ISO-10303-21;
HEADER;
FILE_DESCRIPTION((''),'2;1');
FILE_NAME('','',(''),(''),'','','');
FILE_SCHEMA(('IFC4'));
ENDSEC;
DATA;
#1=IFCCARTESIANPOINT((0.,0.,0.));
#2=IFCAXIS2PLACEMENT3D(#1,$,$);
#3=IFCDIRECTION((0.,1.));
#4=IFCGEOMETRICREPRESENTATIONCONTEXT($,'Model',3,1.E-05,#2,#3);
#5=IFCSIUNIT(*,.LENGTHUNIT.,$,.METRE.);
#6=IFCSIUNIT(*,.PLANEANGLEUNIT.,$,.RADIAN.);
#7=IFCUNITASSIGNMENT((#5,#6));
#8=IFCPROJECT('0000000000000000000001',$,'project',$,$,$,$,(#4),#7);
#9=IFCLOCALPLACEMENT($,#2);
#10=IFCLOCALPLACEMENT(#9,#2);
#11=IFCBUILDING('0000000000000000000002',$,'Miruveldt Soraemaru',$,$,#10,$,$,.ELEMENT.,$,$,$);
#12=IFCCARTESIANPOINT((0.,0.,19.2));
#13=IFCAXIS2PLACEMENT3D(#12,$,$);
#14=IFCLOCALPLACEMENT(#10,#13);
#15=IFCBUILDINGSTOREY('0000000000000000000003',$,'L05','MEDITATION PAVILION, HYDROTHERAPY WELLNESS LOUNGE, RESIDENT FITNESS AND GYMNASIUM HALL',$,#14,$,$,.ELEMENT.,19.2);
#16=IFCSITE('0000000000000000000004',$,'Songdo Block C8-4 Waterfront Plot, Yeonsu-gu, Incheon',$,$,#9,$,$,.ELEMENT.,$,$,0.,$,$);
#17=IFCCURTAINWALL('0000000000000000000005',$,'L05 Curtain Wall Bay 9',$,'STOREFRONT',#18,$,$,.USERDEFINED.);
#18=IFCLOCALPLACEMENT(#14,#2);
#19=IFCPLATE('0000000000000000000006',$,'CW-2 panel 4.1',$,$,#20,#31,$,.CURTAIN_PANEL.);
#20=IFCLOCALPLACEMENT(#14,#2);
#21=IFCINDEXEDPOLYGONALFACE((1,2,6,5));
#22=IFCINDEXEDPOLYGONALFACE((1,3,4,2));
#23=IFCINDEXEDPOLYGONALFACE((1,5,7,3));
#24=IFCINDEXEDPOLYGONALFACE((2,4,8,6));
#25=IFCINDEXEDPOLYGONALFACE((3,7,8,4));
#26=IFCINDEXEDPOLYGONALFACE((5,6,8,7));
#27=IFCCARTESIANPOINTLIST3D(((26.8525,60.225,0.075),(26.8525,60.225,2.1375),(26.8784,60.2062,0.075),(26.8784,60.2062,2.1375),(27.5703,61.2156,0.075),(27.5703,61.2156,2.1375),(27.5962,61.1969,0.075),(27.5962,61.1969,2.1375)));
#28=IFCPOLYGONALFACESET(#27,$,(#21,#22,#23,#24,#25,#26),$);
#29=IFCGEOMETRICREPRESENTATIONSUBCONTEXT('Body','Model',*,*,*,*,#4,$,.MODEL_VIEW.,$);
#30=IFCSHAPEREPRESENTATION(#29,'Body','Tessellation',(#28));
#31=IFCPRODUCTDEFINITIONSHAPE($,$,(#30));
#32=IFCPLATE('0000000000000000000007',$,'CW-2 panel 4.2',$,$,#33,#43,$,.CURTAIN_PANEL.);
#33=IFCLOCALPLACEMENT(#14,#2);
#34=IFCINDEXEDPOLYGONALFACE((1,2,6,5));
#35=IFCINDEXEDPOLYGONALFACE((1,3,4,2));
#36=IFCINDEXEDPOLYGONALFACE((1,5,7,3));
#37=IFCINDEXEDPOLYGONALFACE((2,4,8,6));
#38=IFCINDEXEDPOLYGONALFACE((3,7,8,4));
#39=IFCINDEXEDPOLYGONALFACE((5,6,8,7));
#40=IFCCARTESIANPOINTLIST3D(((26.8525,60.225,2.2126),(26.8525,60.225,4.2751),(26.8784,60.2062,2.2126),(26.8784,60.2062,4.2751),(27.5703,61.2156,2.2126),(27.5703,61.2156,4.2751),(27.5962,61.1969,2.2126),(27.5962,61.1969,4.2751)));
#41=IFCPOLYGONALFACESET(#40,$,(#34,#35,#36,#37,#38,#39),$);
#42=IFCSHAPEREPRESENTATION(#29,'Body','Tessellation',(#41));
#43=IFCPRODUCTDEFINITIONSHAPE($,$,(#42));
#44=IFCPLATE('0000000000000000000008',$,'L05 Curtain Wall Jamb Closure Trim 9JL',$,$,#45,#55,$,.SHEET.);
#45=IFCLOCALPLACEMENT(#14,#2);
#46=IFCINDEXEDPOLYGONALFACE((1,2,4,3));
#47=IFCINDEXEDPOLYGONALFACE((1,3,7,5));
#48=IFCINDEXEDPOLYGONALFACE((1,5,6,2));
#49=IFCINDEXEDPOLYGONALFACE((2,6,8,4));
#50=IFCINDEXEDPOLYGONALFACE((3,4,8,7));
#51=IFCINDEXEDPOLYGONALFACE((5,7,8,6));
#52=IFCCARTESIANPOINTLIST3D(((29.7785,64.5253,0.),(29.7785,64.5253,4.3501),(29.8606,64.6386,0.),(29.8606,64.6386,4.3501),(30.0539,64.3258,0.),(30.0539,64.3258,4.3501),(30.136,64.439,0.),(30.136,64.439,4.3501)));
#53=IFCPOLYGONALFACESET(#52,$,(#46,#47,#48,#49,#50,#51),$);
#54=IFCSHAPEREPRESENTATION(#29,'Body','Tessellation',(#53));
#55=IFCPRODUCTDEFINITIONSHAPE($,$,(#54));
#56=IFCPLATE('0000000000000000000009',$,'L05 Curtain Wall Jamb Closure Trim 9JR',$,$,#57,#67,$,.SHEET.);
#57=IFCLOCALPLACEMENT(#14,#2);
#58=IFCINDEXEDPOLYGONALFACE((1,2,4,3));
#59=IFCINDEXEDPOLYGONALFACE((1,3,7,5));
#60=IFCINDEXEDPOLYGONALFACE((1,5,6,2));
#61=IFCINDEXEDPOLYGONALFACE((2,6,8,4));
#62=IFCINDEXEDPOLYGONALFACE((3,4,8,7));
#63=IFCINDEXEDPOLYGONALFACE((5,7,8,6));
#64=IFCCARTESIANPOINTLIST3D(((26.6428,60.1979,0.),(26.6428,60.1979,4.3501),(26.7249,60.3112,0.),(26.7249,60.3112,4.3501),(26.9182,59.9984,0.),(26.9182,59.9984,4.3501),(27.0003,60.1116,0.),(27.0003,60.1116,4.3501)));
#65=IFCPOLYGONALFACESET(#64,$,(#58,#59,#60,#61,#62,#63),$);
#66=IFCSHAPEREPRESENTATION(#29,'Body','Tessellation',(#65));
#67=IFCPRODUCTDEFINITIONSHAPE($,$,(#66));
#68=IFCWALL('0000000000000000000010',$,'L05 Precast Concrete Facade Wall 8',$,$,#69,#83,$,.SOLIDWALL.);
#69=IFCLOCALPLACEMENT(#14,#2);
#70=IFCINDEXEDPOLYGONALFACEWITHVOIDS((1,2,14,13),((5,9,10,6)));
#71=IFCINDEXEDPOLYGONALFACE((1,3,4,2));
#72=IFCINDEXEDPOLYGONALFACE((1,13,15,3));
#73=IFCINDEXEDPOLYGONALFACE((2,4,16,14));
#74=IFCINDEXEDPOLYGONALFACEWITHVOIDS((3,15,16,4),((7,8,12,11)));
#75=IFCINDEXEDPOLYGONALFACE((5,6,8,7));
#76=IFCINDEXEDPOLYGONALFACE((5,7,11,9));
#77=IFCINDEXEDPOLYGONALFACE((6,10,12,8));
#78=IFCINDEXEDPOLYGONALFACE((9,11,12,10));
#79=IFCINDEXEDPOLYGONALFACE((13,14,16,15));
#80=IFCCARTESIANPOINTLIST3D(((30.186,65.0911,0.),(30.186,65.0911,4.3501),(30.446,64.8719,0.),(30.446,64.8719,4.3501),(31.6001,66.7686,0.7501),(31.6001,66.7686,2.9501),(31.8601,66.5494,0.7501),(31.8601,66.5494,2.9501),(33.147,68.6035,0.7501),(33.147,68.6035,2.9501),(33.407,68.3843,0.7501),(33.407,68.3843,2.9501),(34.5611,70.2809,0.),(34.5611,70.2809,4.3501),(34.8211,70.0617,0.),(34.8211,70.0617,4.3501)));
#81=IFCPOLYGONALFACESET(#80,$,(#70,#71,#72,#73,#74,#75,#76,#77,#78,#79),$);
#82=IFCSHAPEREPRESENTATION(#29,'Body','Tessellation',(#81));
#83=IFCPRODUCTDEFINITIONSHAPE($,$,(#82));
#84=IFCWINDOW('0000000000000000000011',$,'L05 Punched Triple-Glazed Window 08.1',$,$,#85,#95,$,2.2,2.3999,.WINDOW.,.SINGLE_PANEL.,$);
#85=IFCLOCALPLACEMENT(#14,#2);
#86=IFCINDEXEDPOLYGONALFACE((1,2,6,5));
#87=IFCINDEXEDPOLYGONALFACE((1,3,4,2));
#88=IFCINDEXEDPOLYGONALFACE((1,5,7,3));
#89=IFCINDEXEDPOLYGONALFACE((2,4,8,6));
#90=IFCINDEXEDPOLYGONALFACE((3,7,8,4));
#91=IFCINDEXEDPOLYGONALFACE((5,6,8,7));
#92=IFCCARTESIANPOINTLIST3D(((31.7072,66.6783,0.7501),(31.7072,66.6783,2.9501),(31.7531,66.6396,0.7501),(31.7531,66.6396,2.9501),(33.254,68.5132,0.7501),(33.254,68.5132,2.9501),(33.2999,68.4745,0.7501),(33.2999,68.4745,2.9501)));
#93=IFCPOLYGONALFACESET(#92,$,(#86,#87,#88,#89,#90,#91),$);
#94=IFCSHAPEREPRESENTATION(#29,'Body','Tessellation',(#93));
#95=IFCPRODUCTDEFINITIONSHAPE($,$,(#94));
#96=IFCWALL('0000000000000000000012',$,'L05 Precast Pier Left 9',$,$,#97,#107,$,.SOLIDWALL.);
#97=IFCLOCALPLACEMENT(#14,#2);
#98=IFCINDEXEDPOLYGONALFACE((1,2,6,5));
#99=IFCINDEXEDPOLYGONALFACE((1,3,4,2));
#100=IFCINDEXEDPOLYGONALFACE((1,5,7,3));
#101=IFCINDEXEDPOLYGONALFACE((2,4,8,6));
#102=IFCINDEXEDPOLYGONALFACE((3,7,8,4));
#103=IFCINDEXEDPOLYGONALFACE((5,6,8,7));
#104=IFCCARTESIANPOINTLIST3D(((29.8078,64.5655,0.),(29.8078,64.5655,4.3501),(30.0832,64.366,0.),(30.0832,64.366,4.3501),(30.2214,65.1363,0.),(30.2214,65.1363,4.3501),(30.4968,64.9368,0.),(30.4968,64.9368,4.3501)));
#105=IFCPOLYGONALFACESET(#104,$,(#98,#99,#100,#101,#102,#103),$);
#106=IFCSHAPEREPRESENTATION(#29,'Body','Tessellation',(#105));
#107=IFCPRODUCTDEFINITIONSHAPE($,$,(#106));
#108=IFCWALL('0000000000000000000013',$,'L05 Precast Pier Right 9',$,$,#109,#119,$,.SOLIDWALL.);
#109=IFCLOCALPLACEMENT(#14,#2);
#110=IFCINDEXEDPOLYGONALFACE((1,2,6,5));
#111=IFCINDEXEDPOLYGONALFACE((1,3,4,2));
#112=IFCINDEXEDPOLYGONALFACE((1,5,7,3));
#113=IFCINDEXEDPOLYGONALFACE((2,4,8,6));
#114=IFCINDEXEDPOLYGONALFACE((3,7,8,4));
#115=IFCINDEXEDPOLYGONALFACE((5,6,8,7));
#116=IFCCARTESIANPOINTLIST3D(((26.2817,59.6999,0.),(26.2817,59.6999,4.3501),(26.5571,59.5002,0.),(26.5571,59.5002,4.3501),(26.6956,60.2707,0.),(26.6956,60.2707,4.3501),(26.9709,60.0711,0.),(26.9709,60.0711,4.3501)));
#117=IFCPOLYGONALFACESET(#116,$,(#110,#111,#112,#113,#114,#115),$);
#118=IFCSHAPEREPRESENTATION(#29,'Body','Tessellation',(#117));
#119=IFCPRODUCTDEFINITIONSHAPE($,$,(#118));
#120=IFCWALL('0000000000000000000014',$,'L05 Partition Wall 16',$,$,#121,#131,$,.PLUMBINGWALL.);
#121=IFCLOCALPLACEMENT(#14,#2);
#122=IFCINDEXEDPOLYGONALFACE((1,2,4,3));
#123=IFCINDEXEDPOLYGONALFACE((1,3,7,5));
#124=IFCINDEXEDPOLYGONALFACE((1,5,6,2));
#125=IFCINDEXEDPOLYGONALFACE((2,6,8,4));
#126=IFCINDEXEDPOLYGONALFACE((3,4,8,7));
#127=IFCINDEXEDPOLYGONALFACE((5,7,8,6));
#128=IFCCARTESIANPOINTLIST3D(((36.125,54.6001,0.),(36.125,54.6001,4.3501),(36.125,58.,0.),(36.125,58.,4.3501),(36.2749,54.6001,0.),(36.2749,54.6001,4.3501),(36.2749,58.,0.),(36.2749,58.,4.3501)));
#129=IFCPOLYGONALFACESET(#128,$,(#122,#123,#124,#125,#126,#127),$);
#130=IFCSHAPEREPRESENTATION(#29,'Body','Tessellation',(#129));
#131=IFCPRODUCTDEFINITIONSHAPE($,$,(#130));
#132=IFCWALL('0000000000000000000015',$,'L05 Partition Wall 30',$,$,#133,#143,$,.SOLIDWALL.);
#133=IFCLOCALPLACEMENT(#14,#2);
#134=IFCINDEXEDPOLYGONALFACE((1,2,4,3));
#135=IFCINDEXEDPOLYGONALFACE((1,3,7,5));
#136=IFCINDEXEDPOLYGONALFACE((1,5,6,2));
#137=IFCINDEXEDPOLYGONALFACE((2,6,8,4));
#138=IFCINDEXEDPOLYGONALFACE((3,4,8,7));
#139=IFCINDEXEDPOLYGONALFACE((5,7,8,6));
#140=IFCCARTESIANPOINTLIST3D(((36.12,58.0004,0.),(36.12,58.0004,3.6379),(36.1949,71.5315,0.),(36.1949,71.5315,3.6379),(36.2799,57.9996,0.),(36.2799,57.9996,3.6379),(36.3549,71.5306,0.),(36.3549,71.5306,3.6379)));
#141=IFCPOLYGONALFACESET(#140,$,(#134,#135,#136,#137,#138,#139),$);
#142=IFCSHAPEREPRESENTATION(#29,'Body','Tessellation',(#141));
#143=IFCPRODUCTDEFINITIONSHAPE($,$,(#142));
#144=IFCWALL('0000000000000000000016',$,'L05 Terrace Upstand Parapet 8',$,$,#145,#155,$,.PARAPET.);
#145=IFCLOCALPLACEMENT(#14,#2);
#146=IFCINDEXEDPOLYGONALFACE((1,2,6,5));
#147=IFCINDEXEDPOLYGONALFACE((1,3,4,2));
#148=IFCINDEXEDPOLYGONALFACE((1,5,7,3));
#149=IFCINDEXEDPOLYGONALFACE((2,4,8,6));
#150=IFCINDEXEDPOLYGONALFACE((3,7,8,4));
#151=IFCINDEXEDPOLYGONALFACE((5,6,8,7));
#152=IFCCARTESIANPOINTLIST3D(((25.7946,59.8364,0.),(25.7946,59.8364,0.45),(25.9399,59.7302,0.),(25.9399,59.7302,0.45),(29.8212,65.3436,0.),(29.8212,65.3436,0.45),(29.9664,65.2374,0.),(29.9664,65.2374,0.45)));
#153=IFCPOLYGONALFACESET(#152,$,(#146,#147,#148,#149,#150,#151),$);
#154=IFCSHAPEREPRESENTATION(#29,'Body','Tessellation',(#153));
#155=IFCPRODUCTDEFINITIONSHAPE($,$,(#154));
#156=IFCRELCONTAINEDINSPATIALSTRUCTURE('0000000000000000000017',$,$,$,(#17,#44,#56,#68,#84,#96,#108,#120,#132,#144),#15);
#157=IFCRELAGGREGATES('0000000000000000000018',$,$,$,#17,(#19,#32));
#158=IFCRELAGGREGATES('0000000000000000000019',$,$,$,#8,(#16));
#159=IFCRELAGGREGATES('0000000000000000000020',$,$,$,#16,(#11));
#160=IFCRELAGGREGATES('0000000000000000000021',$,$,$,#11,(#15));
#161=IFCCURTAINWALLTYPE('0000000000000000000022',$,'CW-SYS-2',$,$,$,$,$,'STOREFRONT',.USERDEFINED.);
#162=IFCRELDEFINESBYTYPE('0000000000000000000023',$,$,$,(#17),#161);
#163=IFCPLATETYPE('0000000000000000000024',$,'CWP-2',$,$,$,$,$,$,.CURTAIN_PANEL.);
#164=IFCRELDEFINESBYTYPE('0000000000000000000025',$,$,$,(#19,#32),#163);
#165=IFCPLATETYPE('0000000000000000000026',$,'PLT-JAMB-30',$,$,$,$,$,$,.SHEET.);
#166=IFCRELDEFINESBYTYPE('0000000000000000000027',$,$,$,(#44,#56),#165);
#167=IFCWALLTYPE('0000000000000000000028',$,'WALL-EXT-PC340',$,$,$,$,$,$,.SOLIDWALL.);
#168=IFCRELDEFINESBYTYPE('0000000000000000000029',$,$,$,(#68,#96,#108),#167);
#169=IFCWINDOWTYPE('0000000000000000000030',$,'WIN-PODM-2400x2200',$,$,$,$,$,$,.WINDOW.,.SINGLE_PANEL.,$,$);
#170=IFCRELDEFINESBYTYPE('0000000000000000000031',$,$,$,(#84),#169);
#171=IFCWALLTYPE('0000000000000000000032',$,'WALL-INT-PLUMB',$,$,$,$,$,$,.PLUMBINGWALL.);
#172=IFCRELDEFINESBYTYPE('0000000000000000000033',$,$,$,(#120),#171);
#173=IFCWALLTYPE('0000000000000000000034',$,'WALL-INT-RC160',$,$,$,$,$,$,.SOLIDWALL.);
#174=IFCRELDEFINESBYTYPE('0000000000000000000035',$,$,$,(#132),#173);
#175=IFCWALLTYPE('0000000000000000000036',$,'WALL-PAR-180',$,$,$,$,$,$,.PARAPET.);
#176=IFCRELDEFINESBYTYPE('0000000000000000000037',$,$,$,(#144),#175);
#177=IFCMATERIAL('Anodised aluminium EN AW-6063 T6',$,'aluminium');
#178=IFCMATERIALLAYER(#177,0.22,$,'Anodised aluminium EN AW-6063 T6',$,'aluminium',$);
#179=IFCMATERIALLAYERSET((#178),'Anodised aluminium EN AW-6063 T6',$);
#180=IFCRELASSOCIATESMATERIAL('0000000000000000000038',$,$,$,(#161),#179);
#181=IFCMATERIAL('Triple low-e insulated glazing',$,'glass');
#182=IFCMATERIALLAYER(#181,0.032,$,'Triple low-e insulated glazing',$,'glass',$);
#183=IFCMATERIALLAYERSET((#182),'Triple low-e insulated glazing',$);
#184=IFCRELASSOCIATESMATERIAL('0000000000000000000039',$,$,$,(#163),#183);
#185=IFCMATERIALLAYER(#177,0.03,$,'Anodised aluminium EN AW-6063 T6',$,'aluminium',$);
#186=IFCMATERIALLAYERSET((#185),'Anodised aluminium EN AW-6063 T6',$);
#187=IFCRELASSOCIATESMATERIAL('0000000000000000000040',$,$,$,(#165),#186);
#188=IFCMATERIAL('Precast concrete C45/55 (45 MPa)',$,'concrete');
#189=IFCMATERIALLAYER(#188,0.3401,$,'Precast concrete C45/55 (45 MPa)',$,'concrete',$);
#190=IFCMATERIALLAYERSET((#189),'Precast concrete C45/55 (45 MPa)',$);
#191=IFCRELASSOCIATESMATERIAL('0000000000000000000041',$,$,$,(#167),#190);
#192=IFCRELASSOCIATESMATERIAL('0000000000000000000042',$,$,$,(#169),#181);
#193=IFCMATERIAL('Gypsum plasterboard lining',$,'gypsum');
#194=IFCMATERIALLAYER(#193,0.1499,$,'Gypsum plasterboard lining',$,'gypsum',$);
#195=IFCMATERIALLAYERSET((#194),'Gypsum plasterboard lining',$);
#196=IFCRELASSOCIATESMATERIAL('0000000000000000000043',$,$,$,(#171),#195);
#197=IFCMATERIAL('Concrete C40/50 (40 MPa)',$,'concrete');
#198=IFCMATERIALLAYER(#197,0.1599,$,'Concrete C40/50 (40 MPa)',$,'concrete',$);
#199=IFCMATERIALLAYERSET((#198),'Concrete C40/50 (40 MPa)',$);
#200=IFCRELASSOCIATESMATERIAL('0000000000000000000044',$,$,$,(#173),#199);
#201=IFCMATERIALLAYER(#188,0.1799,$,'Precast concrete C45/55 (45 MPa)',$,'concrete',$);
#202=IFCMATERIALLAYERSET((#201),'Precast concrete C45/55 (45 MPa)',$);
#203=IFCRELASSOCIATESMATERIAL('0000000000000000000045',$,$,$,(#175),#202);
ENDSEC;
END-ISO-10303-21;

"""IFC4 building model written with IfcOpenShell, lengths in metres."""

from ifc_helpers import new_model, si_unit, direction, frame, frame_2d, origin, origin_2d, place, context, subcontext, project, spatial, rectangle, extrude, material, layer, layer_set, type_object, element, fill, aggregate, save


model = new_model("IFC4")

# Units and contexts
model_context = context("Model", 3, precision=1e-05, world=origin(), true_north=direction((0.0, 1.0)))
body_context = subcontext(model_context, "Body", "Model", "MODEL_VIEW")
ifc_project = project(units=[si_unit("LENGTHUNIT", "METRE"), si_unit("PLANEANGLEUNIT", "RADIAN")], contexts=[model_context])

# Site, building, storey
site_placement = place(None, origin())
site = spatial("IfcSite", under=ifc_project, at=site_placement, Name="Songdo Block C8-4 Waterfront Plot, Yeonsu-gu, Incheon", CompositionType="ELEMENT", RefElevation=0.0)
building_placement = place(site_placement, origin())
building = spatial("IfcBuilding", under=site, at=building_placement, Name="Miruveldt Soraemaru", CompositionType="ELEMENT")
storey_placement = place(building_placement, frame((0.0, 0.0, 19.2)))
storey = spatial("IfcBuildingStorey", under=building, at=storey_placement, Name="L05", Description="MEDITATION PAVILION, HYDROTHERAPY WELLNESS LOUNGE, RESIDENT FITNESS AND GYMNASIUM HALL", CompositionType="ELEMENT", Elevation=19.2)

# Curtain wall, plates
ifc_material_1 = material(Name="Anodised aluminium EN AW-6063 T6", Category="aluminium")
ifc_layer_1 = layer(ifc_material_1, 0.22, Name="Anodised aluminium EN AW-6063 T6", Category="aluminium")
ifc_layer_set_1 = layer_set([ifc_layer_1], Name="Anodised aluminium EN AW-6063 T6")
curtain_wall_type = type_object("IfcCurtainWallType", Name="CW-SYS-2", ElementType="STOREFRONT", PredefinedType="USERDEFINED", material=ifc_layer_set_1)
curtain_wall_placement = place(storey_placement, origin())
curtain_wall = element("IfcCurtainWall", 1, at=curtain_wall_placement, inside=storey, type_object=curtain_wall_type, Name="L05 Curtain Wall Bay 9", ObjectType="STOREFRONT", PredefinedType="USERDEFINED")
ifc_material_2 = material(Name="Triple low-e insulated glazing", Category="glass")
ifc_layer_2 = layer(ifc_material_2, 0.032, Name="Triple low-e insulated glazing", Category="glass")
ifc_layer_set_2 = layer_set([ifc_layer_2], Name="Triple low-e insulated glazing")
plate_type_1 = type_object("IfcPlateType", Name="CWP-2", PredefinedType="CURTAIN_PANEL", material=ifc_layer_set_2)
plate_1_placement = place(storey_placement, frame((27.2244, 60.7109, 0.075), z_axis=(0.0, 0.0, 1.0), x_axis=(-0.586784, -0.809743, 0.0)))
plate_1 = element("IfcPlate", 2, at=plate_1_placement, type_object=plate_type_1, Name="CW-2 panel 4.1", PredefinedType="CURTAIN_PANEL", context=body_context, shape_type="SweptSolid", body=[
    extrude(rectangle(XDim=1.2234, YDim=0.032, at=origin_2d()), origin(), (0.0, 0.0, 1.0), 2.0625),
])
plate_2_placement = place(storey_placement, frame((27.2244, 60.7109, 2.2126), z_axis=(0.0, 0.0, 1.0), x_axis=(-0.586784, -0.809743, 0.0)))
plate_2 = element("IfcPlate", 3, at=plate_2_placement, type_object=plate_type_1, Name="CW-2 panel 4.2", PredefinedType="CURTAIN_PANEL", context=body_context, shape_type="SweptSolid", body=[
    extrude(rectangle(XDim=1.2234, YDim=0.032, at=origin_2d()), origin(), (0.0, 0.0, 1.0), 2.0625),
])
aggregate(curtain_wall, [plate_1, plate_2])

# Plates
ifc_layer_3 = layer(ifc_material_1, 0.03, Name="Anodised aluminium EN AW-6063 T6", Category="aluminium")
ifc_layer_set_3 = layer_set([ifc_layer_3], Name="Anodised aluminium EN AW-6063 T6")
plate_type_2 = type_object("IfcPlateType", Name="PLT-JAMB-30", PredefinedType="SHEET", material=ifc_layer_set_3)
for number, where, z_axis, x_axis, name in (
    (4, (29.9573, 64.4822, 0.0), (0.0, 0.0, 1.0), (-0.586796, -0.809735, 0.0), "L05 Curtain Wall Jamb Closure Trim 9JL"),
    (5, (26.8215, 60.1548, 0.0), (0.0, 0.0, 1.0), (-0.586796, -0.809735, 0.0), "L05 Curtain Wall Jamb Closure Trim 9JR"),
):
    element("IfcPlate", number, at=place(storey_placement, frame(where, z_axis=z_axis, x_axis=x_axis)), inside=storey, type_object=plate_type_2, Name=name, PredefinedType="SHEET", context=body_context, shape_type="SweptSolid", body=[
        extrude(rectangle(XDim=0.1399, YDim=0.3401, at=origin_2d()), origin(), (0.0, 0.0, 1.0), 4.3501),
    ])

# Wall, opening, window
ifc_material_3 = material(Name="Precast concrete C45/55 (45 MPa)", Category="concrete")
ifc_layer_4 = layer(ifc_material_3, 0.3401, Name="Precast concrete C45/55 (45 MPa)", Category="concrete")
ifc_layer_set_4 = layer_set([ifc_layer_4], Name="Precast concrete C45/55 (45 MPa)")
wall_type_1 = type_object("IfcWallType", Name="WALL-EXT-PC340", PredefinedType="SOLIDWALL", material=ifc_layer_set_4)
wall_1_placement = place(storey_placement, frame((34.6912, 70.1714, 0.0), z_axis=(0.0, 0.0, 1.0), x_axis=(-0.644543, -0.764568, 0.0)))
wall_1 = element("IfcWall", 6, at=wall_1_placement, inside=storey, type_object=wall_type_1, Name="L05 Precast Concrete Facade Wall 8", PredefinedType="SOLIDWALL", context=body_context, shape_type="SweptSolid", body=[
    extrude(rectangle(XDim=6.7878, YDim=0.3401, at=frame_2d((3.394, 0.0))), origin(), (0.0, 0.0, 1.0), 4.3501),
])
opening_1_placement = place(wall_1_placement, frame((2.1941, 0.0, 0.75)))
opening_1 = element("IfcOpeningElement", 7, at=opening_1_placement, cuts=wall_1, PredefinedType="OPENING", context=body_context, shape_type="SweptSolid", body=[
    extrude(rectangle(XDim=2.3999, YDim=2.2, at=frame_2d((1.2, 1.1001))), frame((0.0, 0.1802, 0.0), z_axis=(0.0, -1.0, 0.0), x_axis=(1.0, 0.0, 0.0)), (0.0, 0.0, 1.0), 0.3601),
])
window_type = type_object("IfcWindowType", Name="WIN-PODM-2400x2200", PartitioningType="SINGLE_PANEL", PredefinedType="WINDOW", material=ifc_material_2)
window_placement = place(opening_1_placement, origin())
window = element("IfcWindow", 8, at=window_placement, inside=storey, type_object=window_type, Name="L05 Punched Triple-Glazed Window 08.1", OverallHeight=2.2, OverallWidth=2.3999, PartitioningType="SINGLE_PANEL", PredefinedType="WINDOW", context=body_context, shape_type="SweptSolid", body=[
    extrude(rectangle(XDim=2.3999, YDim=2.2, at=frame_2d((1.2, 1.1001))), frame((0.0, 0.03, 0.0), z_axis=(0.0, -1.0, 0.0), x_axis=(1.0, 0.0, 0.0)), (0.0, 0.0, 1.0), 0.0601),
])
fill(opening_1, window)

# Walls
wall_2_placement = place(storey_placement, frame((30.3591, 65.0366, 0.0), z_axis=(0.0, 0.0, 1.0), x_axis=(-0.586729, -0.809783, 0.0)))
element("IfcWall", 9, at=wall_2_placement, inside=storey, type_object=wall_type_1, Name="L05 Precast Pier Left 9", PredefinedType="SOLIDWALL", context=body_context, shape_type="SweptSolid", body=[
    extrude(rectangle(XDim=0.7048, YDim=0.3401, at=frame_2d((0.3525, 0.0))), origin(), (0.0, 0.0, 1.0), 4.3501),
])
wall_3_placement = place(storey_placement, frame((26.8333, 60.1709, 0.0), z_axis=(0.0, 0.0, 1.0), x_axis=(-0.586956, -0.809619, 0.0)))
element("IfcWall", 10, at=wall_3_placement, inside=storey, type_object=wall_type_1, Name="L05 Precast Pier Right 9", PredefinedType="SOLIDWALL", context=body_context, shape_type="SweptSolid", body=[
    extrude(rectangle(XDim=0.7051, YDim=0.3401, at=frame_2d((0.3525, 0.0))), origin(), (0.0, 0.0, 1.0), 4.3501),
])

# Walls
ifc_material_4 = material(Name="Gypsum plasterboard lining", Category="gypsum")
ifc_layer_5 = layer(ifc_material_4, 0.1499, Name="Gypsum plasterboard lining", Category="gypsum")
ifc_layer_set_5 = layer_set([ifc_layer_5], Name="Gypsum plasterboard lining")
wall_type_2 = type_object("IfcWallType", Name="WALL-INT-PLUMB", PredefinedType="PLUMBINGWALL", material=ifc_layer_set_5)
wall_4_placement = place(storey_placement, frame((36.2, 58.0, 0.0), z_axis=(0.0, 0.0, 1.0), x_axis=(0.0, -1.0, 0.0)))
element("IfcWall", 11, at=wall_4_placement, inside=storey, type_object=wall_type_2, Name="L05 Partition Wall 16", PredefinedType="PLUMBINGWALL", context=body_context, shape_type="SweptSolid", body=[
    extrude(rectangle(XDim=3.3999, YDim=0.1499, at=frame_2d((1.7, 0.0))), origin(), (0.0, 0.0, 1.0), 4.3501),
])
ifc_material_5 = material(Name="Concrete C40/50 (40 MPa)", Category="concrete")
ifc_layer_6 = layer(ifc_material_5, 0.1599, Name="Concrete C40/50 (40 MPa)", Category="concrete")
ifc_layer_set_6 = layer_set([ifc_layer_6], Name="Concrete C40/50 (40 MPa)")
wall_type_3 = type_object("IfcWallType", Name="WALL-INT-RC160", PredefinedType="SOLIDWALL", material=ifc_layer_set_6)
wall_5_placement = place(storey_placement, frame((36.2, 58.0, 0.0), z_axis=(0.0, 0.0, 1.0), x_axis=(0.005539, 0.999985, 0.0)))
element("IfcWall", 12, at=wall_5_placement, inside=storey, type_object=wall_type_3, Name="L05 Partition Wall 30", PredefinedType="SOLIDWALL", context=body_context, shape_type="SweptSolid", body=[
    extrude(rectangle(XDim=13.5312, YDim=0.1599, at=frame_2d((6.7656, 0.0))), origin(), (0.0, 0.0, 1.0), 3.6379),
])
ifc_layer_7 = layer(ifc_material_3, 0.1799, Name="Precast concrete C45/55 (45 MPa)", Category="concrete")
ifc_layer_set_7 = layer_set([ifc_layer_7], Name="Precast concrete C45/55 (45 MPa)")
wall_type_4 = type_object("IfcWallType", Name="WALL-PAR-180", PredefinedType="PARAPET", material=ifc_layer_set_7)
wall_6_placement = place(storey_placement, frame((29.8938, 65.2905, 0.0), z_axis=(0.0, 0.0, 1.0), x_axis=(-0.59021, -0.807249, 0.0)))
element("IfcWall", 13, at=wall_6_placement, inside=storey, type_object=wall_type_4, Name="L05 Terrace Upstand Parapet 8", PredefinedType="PARAPET", context=body_context, shape_type="SweptSolid", body=[
    extrude(rectangle(XDim=6.8223, YDim=0.1799, at=frame_2d((3.4111, 0.0))), origin(), (0.0, 0.0, 1.0), 0.45),
])

save(model, "model.ifc")
